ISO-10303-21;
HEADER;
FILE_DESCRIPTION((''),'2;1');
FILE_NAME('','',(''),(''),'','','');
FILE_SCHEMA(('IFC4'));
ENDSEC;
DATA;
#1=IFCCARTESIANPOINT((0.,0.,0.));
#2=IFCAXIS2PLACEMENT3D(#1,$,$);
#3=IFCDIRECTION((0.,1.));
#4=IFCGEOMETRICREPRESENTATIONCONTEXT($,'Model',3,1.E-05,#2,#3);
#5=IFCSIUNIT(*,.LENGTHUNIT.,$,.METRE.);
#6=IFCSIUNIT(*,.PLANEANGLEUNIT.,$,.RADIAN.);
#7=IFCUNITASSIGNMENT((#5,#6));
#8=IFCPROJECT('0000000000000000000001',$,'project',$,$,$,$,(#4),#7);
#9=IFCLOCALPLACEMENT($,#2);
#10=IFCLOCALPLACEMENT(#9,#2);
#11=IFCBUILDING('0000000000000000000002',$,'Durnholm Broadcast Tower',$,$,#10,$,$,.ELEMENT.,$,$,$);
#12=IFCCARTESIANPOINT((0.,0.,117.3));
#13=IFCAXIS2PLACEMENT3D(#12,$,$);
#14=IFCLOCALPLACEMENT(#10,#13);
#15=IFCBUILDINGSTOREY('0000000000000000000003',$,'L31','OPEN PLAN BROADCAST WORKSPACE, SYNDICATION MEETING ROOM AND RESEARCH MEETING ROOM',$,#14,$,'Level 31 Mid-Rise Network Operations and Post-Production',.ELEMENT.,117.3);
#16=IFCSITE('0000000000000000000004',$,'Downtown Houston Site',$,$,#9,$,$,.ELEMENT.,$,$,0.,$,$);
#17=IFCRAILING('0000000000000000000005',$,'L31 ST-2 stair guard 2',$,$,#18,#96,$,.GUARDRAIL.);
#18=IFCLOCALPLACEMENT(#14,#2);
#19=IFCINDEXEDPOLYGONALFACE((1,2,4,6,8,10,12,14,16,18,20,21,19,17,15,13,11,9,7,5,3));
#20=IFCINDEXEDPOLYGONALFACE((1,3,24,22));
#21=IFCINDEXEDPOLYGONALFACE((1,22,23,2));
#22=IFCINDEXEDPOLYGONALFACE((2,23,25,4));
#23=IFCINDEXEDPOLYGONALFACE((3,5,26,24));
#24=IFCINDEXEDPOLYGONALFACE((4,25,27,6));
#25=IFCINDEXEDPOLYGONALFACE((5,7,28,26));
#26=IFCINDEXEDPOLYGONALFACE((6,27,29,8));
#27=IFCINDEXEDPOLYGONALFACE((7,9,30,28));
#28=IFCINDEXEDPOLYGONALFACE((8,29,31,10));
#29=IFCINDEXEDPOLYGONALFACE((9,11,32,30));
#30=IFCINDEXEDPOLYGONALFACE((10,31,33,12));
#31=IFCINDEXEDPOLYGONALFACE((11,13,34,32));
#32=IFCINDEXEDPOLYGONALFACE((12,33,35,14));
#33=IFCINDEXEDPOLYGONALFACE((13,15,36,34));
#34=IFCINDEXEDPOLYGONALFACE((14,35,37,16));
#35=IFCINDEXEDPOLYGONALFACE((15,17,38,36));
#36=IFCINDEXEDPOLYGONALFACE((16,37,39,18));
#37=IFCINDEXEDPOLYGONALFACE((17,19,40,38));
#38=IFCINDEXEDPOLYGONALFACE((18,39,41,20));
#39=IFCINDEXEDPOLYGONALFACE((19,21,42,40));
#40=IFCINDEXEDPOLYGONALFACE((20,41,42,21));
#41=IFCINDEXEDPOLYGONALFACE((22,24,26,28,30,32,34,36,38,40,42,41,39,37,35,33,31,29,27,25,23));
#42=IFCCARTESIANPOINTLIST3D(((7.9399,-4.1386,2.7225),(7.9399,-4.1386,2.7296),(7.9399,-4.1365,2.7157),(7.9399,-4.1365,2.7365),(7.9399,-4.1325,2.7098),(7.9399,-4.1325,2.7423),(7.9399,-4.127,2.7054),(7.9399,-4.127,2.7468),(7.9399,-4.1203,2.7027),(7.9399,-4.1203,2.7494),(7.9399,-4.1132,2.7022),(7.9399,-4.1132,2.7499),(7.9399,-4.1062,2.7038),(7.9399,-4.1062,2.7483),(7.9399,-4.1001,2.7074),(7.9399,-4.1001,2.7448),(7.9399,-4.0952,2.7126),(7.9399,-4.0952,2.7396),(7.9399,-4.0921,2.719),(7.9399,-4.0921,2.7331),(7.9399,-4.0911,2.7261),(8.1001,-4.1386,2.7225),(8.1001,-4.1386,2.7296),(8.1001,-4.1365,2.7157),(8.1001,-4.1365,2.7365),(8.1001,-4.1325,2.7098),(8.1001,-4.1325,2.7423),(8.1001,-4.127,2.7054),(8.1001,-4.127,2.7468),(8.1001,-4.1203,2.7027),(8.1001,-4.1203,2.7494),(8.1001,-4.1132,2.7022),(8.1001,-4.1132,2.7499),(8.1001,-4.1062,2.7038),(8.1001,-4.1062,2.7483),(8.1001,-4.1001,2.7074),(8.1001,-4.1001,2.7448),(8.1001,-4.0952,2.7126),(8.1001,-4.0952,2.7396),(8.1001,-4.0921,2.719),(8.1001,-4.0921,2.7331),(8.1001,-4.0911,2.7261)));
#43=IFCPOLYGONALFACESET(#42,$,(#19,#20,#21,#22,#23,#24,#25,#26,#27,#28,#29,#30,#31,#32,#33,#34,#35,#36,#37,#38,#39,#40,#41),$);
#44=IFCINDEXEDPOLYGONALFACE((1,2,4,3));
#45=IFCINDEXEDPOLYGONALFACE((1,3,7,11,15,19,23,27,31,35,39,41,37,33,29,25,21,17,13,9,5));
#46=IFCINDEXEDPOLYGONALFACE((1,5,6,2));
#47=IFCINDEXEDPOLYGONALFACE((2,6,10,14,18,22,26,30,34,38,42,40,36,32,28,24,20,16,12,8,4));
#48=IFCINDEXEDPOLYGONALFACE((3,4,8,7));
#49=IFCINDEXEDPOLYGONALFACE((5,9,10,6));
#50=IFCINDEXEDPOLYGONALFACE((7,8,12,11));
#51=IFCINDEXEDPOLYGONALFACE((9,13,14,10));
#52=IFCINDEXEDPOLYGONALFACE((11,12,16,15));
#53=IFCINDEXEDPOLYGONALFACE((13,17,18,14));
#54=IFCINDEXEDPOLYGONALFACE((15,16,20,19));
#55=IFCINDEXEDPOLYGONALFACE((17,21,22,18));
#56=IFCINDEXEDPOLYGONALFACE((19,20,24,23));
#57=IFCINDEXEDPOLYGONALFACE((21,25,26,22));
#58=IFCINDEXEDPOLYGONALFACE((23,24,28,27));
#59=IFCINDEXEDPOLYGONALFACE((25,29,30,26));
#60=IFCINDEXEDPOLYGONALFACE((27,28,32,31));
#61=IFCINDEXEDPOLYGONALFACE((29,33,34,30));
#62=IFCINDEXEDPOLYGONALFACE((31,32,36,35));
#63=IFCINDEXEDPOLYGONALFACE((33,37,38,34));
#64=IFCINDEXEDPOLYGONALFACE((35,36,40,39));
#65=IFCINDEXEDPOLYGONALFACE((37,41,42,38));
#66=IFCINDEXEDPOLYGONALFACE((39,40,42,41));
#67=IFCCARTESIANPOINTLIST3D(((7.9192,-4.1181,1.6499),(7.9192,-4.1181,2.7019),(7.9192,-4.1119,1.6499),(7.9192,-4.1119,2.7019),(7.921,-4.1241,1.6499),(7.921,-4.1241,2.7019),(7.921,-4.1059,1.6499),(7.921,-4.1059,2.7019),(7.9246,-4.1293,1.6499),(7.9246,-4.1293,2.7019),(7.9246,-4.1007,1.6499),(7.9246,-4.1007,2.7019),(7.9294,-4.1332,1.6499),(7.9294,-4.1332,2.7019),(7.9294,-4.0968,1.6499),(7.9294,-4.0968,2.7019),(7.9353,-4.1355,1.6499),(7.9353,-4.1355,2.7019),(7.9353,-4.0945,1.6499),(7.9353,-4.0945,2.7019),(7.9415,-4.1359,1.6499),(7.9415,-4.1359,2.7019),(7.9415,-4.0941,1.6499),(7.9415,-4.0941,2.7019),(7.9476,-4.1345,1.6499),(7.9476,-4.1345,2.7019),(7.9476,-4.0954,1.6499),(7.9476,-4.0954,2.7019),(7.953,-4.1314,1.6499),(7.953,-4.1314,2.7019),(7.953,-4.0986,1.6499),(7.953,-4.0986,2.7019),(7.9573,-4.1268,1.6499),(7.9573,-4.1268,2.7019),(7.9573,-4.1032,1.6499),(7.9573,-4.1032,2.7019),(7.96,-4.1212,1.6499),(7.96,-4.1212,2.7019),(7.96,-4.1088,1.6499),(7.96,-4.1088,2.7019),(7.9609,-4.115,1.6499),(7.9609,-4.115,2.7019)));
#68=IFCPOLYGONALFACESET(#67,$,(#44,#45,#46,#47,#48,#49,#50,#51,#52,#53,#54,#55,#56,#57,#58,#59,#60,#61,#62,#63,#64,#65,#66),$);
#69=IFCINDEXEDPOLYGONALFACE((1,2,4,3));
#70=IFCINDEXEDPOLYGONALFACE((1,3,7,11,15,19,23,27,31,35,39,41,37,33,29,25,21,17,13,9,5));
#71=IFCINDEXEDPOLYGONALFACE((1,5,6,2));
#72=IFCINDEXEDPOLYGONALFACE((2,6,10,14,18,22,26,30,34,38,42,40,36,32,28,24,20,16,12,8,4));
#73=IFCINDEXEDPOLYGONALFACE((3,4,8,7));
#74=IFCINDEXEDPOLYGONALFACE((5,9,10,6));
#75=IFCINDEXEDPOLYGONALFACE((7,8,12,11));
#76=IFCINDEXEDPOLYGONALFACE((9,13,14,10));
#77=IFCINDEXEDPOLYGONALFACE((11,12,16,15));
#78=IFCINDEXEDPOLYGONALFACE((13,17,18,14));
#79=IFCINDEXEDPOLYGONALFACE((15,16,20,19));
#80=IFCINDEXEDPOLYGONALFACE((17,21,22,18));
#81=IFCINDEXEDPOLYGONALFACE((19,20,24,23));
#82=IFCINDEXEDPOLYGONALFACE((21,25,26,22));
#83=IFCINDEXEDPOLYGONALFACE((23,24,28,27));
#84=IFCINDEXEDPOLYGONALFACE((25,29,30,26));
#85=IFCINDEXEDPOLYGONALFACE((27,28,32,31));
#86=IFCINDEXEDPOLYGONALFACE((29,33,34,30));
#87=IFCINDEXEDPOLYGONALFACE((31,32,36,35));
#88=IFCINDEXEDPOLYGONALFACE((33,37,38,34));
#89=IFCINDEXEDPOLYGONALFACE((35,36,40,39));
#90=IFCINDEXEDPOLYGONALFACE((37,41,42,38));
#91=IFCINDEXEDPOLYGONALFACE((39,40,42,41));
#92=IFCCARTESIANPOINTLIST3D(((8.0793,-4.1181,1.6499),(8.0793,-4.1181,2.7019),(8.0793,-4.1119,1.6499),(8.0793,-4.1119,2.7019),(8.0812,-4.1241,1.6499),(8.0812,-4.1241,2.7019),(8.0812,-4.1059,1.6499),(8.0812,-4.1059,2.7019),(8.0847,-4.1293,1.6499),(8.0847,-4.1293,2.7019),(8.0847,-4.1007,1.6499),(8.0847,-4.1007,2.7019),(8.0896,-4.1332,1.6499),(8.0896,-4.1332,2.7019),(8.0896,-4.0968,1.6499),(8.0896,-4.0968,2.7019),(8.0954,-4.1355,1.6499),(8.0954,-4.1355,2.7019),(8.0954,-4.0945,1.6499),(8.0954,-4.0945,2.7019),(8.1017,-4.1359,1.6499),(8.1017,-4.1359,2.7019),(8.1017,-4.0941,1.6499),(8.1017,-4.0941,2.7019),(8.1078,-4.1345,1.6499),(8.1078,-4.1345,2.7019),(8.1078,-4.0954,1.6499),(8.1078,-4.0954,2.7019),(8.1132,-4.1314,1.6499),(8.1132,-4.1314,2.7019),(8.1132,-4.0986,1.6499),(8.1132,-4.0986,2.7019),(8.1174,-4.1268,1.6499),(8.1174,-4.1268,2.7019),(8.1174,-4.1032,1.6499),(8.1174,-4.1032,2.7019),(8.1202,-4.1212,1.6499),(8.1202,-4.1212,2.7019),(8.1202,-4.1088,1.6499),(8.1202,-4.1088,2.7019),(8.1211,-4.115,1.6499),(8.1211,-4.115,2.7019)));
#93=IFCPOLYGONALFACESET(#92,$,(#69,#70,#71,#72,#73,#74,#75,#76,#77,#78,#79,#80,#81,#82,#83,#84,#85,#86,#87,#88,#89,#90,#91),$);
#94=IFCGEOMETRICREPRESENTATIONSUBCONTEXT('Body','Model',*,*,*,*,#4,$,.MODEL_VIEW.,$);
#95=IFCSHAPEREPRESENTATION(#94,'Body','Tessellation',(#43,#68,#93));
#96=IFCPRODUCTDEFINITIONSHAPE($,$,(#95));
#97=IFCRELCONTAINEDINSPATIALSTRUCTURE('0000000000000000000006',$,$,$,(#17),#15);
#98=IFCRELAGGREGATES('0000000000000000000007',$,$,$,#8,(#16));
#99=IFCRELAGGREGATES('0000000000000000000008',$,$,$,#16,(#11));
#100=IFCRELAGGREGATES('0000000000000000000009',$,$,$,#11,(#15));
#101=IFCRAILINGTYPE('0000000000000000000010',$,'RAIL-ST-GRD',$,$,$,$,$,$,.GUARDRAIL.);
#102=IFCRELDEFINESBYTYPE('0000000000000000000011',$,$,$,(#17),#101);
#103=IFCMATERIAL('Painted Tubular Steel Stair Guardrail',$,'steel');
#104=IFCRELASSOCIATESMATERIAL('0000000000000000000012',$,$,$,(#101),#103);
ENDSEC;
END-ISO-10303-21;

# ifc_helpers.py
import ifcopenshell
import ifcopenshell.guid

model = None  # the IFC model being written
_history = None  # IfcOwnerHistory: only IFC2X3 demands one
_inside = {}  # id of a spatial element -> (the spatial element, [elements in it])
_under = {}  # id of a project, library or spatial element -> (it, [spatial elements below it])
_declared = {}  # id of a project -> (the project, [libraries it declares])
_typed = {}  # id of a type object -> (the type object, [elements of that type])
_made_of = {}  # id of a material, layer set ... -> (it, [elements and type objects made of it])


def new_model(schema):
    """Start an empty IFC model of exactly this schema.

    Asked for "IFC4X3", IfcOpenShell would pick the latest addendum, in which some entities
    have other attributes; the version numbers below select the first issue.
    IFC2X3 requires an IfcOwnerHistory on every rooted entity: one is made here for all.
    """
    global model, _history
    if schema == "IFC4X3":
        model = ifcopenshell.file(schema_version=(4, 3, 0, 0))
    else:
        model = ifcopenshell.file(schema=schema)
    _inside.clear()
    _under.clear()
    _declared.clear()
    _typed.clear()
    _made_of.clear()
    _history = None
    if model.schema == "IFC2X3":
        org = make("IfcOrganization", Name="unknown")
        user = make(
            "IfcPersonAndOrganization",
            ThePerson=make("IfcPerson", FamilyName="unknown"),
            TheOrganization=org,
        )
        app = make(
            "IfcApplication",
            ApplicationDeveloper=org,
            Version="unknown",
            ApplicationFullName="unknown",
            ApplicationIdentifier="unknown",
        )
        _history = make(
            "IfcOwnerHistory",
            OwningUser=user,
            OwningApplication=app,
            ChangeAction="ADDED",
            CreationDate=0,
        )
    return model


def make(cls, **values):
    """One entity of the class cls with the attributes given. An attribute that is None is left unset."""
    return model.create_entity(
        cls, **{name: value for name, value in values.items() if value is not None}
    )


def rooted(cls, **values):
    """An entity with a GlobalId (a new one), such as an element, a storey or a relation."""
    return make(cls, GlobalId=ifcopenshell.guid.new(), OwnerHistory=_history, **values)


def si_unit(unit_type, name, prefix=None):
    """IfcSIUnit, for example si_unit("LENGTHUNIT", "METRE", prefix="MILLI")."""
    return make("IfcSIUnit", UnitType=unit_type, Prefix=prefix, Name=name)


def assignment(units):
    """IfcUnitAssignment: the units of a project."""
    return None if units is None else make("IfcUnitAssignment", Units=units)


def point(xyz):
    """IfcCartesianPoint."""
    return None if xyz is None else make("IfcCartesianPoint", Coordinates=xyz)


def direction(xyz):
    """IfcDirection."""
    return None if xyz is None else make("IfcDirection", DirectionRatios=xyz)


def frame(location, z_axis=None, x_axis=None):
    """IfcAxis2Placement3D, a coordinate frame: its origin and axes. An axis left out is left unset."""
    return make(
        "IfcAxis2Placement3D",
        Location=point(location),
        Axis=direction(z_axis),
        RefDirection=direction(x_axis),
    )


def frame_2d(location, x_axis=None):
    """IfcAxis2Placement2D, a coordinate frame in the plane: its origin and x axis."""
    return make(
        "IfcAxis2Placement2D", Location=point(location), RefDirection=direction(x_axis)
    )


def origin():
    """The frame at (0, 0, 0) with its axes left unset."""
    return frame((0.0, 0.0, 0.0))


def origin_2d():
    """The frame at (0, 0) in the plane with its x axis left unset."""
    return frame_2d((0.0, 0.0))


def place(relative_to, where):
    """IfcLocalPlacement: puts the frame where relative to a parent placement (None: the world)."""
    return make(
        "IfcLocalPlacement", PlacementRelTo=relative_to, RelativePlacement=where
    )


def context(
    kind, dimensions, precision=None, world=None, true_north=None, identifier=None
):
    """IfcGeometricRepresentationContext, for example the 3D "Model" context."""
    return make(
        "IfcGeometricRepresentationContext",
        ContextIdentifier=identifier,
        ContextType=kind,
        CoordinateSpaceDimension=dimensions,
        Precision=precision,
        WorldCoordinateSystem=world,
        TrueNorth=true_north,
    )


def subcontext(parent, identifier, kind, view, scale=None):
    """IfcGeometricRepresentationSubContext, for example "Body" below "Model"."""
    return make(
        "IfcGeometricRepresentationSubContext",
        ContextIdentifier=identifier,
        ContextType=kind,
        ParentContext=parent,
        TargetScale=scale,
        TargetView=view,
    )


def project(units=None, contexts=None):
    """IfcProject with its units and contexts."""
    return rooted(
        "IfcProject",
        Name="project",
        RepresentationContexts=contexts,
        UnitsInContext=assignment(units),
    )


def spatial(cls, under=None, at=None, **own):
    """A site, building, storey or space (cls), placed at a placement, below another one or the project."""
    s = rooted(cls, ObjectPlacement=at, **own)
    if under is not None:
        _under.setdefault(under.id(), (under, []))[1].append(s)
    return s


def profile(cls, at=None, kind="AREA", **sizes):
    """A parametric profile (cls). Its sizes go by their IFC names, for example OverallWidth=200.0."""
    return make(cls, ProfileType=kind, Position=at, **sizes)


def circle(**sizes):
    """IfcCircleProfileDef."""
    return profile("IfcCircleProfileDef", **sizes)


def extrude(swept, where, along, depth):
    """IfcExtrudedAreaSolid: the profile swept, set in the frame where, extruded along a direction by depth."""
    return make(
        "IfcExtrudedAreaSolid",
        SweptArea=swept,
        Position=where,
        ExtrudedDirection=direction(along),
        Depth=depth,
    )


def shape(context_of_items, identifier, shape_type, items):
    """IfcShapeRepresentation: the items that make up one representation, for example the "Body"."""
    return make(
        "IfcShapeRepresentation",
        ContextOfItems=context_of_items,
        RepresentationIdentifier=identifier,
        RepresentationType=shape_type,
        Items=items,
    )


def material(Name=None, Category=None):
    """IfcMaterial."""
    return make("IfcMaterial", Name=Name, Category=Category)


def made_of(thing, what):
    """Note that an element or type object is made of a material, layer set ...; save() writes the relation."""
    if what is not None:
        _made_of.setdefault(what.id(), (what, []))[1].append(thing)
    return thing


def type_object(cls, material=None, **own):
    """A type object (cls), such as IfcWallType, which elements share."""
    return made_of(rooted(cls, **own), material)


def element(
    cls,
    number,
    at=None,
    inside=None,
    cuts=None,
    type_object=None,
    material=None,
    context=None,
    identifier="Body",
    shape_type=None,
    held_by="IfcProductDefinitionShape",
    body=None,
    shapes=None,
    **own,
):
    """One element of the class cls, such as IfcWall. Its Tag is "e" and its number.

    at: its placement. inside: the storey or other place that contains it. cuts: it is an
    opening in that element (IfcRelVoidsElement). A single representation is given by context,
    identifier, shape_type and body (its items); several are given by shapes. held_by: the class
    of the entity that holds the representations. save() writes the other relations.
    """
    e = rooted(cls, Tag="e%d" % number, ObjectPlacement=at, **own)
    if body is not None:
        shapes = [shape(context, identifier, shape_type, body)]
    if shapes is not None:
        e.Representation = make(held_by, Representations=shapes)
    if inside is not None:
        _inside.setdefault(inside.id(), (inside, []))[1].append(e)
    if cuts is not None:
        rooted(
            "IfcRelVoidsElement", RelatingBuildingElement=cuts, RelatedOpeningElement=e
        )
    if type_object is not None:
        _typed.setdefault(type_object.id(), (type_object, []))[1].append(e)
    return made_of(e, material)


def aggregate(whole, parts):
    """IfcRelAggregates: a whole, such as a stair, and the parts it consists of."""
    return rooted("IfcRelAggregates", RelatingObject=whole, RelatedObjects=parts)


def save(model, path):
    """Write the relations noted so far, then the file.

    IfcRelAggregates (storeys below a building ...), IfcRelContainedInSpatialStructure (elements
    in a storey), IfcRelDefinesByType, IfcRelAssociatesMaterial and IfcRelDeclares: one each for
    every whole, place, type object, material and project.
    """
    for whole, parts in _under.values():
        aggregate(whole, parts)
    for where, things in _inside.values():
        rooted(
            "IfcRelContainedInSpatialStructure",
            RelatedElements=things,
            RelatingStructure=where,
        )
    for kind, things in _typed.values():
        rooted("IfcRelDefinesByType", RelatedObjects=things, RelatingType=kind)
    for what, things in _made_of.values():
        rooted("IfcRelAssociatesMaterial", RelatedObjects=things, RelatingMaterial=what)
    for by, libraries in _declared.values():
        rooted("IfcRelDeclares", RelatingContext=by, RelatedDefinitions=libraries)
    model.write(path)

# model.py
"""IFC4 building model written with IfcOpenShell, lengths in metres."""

from ifc_helpers import new_model, si_unit, direction, frame, origin, origin_2d, place, context, subcontext, project, spatial, circle, extrude, material, type_object, element, save


model = new_model("IFC4")

# Units and contexts
model_context = context("Model", 3, precision=1e-05, world=origin(), true_north=direction((0.0, 1.0)))
body_context = subcontext(model_context, "Body", "Model", "MODEL_VIEW")
ifc_project = project(units=[si_unit("LENGTHUNIT", "METRE"), si_unit("PLANEANGLEUNIT", "RADIAN")], contexts=[model_context])

# Site, building, storey
site_placement = place(None, origin())
site = spatial("IfcSite", under=ifc_project, at=site_placement, Name="Downtown Houston Site", CompositionType="ELEMENT", RefElevation=0.0)
building_placement = place(site_placement, origin())
building = spatial("IfcBuilding", under=site, at=building_placement, Name="Durnholm Broadcast Tower", CompositionType="ELEMENT")
storey_placement = place(building_placement, frame((0.0, 0.0, 117.3)))
storey = spatial("IfcBuildingStorey", under=building, at=storey_placement, Name="L31", Description="OPEN PLAN BROADCAST WORKSPACE, SYNDICATION MEETING ROOM AND RESEARCH MEETING ROOM", LongName="Level 31 Mid-Rise Network Operations and Post-Production", CompositionType="ELEMENT", Elevation=117.3)

# Railing
ifc_material_1 = material(Name="Painted Tubular Steel Stair Guardrail", Category="steel")
railing_type_1 = type_object("IfcRailingType", Name="RAIL-ST-GRD", PredefinedType="GUARDRAIL", material=ifc_material_1)
railing_1_placement = place(storey_placement, frame((7.9399, -4.115, 1.6499)))
element("IfcRailing", 1, at=railing_1_placement, inside=storey, type_object=railing_type_1, Name="L31 ST-2 stair guard 2", PredefinedType="GUARDRAIL", context=body_context, shape_type="SweptSolid", body=[
    extrude(circle(Radius=0.0239, at=origin_2d()), frame((0.0, 0.0, 1.0762), z_axis=(1.0, 0.0, 0.0), x_axis=(0.0, 1.0, 0.0)), (0.0, 0.0, 1.0), 0.1602),
    extrude(circle(Radius=0.021, at=origin_2d()), origin(), (0.0, 0.0, 1.0), 1.052),
    extrude(circle(Radius=0.021, at=origin_2d()), frame((0.1602, 0.0, 0.0)), (0.0, 0.0, 1.0), 1.052),
])

save(model, "model.ifc")
